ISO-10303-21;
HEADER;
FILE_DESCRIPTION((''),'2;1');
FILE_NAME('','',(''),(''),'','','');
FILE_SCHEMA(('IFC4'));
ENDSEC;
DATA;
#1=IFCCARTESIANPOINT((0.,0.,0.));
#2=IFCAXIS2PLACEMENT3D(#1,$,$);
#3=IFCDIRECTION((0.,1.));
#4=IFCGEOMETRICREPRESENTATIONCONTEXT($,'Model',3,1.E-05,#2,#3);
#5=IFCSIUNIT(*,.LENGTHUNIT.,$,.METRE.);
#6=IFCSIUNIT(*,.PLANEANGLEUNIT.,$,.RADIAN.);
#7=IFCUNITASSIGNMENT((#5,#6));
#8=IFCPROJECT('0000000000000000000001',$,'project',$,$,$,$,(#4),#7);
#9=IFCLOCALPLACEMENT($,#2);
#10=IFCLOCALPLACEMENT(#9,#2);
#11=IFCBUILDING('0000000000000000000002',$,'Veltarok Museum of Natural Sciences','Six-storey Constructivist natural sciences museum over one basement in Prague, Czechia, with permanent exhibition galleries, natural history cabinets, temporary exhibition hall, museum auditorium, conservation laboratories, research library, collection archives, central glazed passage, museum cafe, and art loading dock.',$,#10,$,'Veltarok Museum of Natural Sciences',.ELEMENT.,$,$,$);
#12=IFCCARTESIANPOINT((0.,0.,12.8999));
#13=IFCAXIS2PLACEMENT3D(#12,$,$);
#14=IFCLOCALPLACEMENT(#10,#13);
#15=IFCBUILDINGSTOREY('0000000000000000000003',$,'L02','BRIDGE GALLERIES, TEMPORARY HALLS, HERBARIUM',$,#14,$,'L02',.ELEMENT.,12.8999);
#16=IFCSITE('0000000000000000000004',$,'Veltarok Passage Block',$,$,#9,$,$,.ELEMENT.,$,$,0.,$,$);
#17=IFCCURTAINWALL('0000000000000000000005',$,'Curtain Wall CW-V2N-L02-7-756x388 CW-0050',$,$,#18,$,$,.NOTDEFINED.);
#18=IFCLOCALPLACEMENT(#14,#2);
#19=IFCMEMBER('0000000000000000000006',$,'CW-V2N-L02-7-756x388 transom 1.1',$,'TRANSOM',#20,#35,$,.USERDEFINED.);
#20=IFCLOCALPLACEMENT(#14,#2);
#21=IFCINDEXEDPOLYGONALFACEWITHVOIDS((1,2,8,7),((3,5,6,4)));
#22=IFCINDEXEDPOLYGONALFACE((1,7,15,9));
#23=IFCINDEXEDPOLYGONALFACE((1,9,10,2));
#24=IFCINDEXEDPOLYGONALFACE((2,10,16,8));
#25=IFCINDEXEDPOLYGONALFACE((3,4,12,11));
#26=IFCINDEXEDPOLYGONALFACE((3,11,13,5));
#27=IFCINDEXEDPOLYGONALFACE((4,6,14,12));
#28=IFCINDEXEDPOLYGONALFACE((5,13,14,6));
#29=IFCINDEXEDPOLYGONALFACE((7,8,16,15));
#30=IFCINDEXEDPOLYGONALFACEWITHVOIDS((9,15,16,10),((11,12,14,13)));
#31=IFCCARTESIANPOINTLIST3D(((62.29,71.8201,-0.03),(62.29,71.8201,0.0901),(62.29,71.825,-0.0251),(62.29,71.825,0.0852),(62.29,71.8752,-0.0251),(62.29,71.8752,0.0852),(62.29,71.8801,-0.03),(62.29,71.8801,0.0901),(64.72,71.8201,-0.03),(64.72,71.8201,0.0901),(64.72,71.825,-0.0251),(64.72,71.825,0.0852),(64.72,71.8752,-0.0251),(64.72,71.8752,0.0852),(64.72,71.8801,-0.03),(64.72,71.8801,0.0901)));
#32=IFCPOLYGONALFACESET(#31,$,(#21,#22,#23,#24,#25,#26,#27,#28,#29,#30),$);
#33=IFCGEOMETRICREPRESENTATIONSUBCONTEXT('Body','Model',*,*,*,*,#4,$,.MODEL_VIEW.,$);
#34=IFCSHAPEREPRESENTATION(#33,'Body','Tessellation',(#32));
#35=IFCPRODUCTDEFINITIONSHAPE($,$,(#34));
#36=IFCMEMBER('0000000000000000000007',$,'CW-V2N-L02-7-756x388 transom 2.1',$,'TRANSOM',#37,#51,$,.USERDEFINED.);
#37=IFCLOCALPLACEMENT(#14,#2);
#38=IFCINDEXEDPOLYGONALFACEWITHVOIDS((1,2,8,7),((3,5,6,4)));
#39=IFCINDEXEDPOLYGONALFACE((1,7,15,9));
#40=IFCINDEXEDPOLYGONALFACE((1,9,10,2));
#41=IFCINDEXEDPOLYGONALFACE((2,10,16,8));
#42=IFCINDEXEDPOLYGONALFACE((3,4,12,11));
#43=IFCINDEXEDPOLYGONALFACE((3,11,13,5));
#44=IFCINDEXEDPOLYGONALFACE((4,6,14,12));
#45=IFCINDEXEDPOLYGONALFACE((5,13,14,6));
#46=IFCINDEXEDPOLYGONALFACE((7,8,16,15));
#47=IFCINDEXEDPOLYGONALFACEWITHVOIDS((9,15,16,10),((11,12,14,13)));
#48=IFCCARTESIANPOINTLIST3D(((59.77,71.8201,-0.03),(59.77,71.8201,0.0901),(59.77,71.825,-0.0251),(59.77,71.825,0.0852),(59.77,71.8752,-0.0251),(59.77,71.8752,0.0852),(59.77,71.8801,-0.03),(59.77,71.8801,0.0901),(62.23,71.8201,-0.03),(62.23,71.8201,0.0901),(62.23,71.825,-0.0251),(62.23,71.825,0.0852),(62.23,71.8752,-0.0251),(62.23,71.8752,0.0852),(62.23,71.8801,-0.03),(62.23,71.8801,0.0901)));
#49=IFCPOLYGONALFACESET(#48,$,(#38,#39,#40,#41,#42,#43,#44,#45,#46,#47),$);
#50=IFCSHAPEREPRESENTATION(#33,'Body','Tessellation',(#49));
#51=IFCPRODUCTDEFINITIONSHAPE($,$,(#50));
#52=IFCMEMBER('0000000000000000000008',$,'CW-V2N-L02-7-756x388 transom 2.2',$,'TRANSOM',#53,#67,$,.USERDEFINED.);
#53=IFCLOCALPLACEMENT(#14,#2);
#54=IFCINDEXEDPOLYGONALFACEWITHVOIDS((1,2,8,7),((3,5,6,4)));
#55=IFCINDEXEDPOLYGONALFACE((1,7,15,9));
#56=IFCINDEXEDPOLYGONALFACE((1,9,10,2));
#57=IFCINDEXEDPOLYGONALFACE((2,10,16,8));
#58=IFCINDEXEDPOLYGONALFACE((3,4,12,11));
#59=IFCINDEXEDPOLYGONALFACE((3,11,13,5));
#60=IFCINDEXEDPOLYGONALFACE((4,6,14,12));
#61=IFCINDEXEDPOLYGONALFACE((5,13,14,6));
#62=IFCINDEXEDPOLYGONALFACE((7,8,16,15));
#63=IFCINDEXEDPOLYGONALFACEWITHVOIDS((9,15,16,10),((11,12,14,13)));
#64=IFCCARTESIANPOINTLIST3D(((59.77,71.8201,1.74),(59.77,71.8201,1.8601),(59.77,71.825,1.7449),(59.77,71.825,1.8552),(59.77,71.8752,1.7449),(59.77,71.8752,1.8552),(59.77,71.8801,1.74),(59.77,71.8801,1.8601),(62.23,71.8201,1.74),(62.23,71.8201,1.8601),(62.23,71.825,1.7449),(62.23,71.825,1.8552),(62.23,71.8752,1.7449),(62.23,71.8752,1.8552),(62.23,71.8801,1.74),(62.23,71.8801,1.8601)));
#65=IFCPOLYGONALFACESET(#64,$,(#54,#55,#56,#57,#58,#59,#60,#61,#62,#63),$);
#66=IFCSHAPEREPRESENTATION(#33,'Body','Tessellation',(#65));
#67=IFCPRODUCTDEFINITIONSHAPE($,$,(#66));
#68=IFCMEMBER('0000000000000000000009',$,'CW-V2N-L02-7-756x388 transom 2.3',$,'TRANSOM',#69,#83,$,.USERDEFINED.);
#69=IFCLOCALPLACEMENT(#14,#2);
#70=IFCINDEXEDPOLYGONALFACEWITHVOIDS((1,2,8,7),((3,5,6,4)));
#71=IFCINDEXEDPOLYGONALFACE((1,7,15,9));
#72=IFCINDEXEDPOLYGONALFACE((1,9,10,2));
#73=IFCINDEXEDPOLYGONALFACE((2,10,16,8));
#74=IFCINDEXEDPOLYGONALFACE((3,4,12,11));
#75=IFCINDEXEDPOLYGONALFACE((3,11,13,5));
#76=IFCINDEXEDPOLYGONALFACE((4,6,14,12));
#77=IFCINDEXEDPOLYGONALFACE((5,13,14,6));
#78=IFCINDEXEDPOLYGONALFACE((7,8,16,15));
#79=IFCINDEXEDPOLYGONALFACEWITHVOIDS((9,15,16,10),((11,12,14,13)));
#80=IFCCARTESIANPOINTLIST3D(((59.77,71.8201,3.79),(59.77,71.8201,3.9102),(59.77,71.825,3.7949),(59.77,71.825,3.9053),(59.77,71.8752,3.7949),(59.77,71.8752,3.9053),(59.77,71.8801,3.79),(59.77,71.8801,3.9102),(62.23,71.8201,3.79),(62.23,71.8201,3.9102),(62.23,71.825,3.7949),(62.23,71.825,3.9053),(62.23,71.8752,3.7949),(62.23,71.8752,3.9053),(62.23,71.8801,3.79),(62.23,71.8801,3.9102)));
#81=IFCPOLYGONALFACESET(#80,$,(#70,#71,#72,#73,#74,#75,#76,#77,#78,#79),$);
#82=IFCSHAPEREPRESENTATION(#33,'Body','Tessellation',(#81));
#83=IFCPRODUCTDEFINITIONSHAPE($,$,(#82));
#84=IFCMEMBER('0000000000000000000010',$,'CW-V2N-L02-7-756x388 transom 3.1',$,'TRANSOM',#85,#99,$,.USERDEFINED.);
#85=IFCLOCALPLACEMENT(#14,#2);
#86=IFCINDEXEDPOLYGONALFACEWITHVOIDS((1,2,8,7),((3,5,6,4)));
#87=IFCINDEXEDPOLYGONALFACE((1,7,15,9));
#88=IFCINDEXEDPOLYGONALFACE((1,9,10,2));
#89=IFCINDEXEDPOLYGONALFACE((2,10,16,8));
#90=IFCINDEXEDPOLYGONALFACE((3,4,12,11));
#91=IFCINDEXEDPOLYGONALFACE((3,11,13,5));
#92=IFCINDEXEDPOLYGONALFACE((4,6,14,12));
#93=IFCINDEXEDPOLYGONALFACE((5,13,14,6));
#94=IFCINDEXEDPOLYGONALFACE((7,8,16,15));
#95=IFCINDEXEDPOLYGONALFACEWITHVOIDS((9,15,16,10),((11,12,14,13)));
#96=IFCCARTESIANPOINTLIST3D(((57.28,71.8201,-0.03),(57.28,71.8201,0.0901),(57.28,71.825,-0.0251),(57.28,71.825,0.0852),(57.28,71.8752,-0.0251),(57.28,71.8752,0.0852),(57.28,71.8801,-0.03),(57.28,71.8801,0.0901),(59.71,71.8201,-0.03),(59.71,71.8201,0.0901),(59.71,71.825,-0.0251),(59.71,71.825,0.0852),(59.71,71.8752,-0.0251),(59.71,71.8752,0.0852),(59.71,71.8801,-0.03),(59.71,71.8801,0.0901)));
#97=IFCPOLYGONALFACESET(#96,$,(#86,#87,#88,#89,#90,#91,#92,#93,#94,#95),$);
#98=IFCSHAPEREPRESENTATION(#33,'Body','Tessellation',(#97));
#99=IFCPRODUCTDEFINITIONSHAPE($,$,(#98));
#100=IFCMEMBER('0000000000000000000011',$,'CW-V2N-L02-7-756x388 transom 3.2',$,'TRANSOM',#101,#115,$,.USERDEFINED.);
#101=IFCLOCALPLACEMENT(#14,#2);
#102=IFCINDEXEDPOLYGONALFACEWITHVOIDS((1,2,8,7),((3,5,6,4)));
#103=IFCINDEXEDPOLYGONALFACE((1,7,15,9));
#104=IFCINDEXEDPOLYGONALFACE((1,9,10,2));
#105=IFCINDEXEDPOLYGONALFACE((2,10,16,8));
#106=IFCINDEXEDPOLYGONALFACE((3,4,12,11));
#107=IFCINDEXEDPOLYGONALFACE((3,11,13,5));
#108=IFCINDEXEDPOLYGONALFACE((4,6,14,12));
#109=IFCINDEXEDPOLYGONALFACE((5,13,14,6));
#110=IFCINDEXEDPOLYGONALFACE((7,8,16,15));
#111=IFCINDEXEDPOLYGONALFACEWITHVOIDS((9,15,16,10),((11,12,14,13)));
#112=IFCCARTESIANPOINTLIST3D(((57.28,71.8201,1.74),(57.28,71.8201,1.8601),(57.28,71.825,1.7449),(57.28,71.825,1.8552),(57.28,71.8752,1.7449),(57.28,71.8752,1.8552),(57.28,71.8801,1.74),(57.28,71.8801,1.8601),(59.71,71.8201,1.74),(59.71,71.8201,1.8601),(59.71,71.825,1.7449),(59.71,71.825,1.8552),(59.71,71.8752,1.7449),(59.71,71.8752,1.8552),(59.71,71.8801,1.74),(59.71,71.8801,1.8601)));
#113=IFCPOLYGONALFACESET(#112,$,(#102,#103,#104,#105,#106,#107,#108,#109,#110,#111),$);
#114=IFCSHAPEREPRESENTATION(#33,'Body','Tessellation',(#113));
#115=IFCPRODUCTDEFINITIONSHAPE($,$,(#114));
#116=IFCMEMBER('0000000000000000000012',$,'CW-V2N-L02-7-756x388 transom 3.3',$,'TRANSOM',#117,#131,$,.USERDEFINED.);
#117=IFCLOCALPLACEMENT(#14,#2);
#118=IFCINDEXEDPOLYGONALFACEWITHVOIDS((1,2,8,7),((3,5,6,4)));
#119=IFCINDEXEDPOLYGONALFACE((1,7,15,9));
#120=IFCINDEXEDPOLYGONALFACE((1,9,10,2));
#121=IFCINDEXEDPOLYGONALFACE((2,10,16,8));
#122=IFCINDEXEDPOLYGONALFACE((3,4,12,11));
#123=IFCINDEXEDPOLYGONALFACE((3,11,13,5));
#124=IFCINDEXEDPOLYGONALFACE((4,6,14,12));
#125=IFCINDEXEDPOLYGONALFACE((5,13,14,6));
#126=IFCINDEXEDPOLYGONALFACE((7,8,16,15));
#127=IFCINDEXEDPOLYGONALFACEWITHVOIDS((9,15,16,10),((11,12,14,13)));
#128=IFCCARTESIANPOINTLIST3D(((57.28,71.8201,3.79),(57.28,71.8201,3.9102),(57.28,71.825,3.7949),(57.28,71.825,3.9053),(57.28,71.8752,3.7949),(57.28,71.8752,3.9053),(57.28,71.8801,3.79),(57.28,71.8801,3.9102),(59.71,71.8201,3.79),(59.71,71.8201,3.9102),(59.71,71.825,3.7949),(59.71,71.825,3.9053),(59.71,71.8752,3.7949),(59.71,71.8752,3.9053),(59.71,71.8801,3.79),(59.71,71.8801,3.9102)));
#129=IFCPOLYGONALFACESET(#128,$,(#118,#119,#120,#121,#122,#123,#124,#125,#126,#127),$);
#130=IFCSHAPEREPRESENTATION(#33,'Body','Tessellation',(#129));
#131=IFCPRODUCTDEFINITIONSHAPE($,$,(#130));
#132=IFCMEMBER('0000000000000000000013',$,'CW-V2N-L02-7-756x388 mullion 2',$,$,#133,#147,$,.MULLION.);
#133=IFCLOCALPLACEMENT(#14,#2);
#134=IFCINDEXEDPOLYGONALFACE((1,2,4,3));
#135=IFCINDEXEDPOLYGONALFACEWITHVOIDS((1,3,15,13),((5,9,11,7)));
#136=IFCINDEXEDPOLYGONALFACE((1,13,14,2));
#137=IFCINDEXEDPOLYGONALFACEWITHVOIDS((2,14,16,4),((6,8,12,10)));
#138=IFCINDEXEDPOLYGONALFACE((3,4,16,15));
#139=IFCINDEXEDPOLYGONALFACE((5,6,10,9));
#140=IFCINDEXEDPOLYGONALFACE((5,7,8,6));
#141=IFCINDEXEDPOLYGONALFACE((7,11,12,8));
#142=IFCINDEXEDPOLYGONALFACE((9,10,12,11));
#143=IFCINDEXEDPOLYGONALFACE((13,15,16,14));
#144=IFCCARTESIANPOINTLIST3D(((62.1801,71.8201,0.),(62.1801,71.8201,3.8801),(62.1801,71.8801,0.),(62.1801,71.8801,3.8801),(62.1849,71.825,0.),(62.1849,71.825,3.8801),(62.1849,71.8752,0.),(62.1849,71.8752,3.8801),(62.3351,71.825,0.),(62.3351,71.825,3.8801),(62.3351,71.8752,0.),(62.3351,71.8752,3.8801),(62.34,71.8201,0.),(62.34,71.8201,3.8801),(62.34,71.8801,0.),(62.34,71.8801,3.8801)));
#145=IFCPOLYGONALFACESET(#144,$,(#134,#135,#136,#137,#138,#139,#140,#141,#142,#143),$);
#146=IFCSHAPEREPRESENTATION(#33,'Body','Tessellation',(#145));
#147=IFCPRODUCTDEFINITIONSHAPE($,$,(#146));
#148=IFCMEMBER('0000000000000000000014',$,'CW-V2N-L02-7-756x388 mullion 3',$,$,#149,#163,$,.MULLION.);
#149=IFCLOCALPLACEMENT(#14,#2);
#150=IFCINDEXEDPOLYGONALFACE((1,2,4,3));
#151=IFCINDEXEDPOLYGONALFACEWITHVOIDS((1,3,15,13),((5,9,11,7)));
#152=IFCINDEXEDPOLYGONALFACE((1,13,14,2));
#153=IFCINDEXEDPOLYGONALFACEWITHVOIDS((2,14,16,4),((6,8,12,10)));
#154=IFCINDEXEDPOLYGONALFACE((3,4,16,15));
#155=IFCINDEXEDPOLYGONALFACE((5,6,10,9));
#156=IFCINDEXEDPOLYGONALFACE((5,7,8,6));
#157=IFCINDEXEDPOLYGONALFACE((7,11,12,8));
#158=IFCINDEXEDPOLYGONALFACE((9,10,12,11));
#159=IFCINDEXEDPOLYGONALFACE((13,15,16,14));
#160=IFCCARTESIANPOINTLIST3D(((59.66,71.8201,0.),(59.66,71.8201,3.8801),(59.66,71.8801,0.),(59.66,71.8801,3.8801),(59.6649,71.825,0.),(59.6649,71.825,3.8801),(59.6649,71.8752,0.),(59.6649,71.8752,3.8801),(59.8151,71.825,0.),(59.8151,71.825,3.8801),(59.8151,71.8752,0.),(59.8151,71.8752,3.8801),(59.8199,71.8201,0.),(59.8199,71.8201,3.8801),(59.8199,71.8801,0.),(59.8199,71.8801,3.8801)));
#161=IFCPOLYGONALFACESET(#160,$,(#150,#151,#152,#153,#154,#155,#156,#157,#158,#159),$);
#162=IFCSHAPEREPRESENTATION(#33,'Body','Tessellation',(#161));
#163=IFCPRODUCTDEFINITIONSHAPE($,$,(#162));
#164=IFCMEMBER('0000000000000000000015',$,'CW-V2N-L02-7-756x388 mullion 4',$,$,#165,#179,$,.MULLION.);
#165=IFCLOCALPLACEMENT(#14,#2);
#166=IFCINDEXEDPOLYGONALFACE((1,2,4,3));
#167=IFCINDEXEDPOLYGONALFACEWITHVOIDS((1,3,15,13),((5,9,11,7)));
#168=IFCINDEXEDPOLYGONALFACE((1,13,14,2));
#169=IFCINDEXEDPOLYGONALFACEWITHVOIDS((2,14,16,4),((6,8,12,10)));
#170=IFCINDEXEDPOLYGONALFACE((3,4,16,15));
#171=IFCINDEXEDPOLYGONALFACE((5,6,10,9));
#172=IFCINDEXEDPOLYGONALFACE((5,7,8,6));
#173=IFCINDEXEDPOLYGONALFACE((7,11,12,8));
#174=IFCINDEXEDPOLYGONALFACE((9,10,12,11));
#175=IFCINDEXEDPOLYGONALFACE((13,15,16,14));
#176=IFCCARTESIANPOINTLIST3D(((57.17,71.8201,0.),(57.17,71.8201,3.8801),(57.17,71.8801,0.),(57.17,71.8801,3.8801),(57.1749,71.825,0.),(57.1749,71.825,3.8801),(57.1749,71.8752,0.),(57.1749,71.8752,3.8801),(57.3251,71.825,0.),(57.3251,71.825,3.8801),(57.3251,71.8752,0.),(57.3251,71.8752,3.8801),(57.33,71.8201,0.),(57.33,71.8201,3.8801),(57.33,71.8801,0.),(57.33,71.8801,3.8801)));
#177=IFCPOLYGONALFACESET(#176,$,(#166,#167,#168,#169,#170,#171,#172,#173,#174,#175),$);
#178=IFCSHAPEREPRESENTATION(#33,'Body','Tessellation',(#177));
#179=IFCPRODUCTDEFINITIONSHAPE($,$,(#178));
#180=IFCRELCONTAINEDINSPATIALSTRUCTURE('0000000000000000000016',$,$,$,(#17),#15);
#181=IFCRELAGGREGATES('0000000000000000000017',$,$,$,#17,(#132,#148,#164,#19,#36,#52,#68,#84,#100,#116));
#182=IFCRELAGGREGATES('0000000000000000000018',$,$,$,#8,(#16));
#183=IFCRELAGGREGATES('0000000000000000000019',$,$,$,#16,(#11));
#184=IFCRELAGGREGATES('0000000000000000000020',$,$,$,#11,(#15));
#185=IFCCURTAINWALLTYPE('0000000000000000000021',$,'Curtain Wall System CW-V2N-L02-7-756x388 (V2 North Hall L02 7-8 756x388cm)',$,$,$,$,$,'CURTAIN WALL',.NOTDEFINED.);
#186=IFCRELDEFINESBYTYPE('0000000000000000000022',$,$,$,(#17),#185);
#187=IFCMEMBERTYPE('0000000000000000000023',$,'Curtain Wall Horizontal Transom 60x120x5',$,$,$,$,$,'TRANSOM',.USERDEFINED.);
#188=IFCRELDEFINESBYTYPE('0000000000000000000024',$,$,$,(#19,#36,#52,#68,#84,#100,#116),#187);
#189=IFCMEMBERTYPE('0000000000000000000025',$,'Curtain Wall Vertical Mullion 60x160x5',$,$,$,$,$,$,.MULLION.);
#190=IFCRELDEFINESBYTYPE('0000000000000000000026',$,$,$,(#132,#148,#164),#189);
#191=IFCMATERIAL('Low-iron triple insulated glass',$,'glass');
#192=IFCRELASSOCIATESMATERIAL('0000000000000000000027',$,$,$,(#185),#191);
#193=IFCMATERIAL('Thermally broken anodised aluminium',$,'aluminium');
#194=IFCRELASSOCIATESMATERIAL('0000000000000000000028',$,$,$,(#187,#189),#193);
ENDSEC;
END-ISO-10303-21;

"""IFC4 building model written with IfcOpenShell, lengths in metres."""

from ifc_helpers import new_model, si_unit, direction, frame, origin, origin_2d, place, context, subcontext, project, spatial, hollow_rectangle, extrude, material, material_profile, profile_set, type_object, element, aggregate, save


model = new_model("IFC4")

# Units and contexts
model_context = context("Model", 3, precision=1e-05, world=origin(), true_north=direction((0.0, 1.0)))
body_context = subcontext(model_context, "Body", "Model", "MODEL_VIEW")
ifc_project = project(units=[si_unit("LENGTHUNIT", "METRE"), si_unit("PLANEANGLEUNIT", "RADIAN")], contexts=[model_context])

# Site, building, storey
site_placement = place(None, origin())
site = spatial("IfcSite", under=ifc_project, at=site_placement, Name="Veltarok Passage Block", CompositionType="ELEMENT", RefElevation=0.0)
building_placement = place(site_placement, origin())
building = spatial("IfcBuilding", under=site, at=building_placement, Name="Veltarok Museum of Natural Sciences", Description="Six-storey Constructivist natural sciences museum over one basement in Prague, Czechia, with permanent exhibition galleries, natural history cabinets, temporary exhibition hall, museum auditorium, conservation laboratories, research library, collection archives, central glazed passage, museum cafe, and art loading dock.", LongName="Veltarok Museum of Natural Sciences", CompositionType="ELEMENT")
storey_placement = place(building_placement, frame((0.0, 0.0, 12.8999)))
storey = spatial("IfcBuildingStorey", under=building, at=storey_placement, Name="L02", Description="BRIDGE GALLERIES, TEMPORARY HALLS, HERBARIUM", LongName="L02", CompositionType="ELEMENT", Elevation=12.8999)

# Curtain wall, members
ifc_material_1 = material(Name="Low-iron triple insulated glass", Category="glass")
curtain_wall_type = type_object("IfcCurtainWallType", Name="Curtain Wall System CW-V2N-L02-7-756x388 (V2 North Hall L02 7-8 756x388cm)", ElementType="CURTAIN WALL", PredefinedType="NOTDEFINED", material=ifc_material_1)
curtain_wall_placement = place(storey_placement, origin())
curtain_wall = element("IfcCurtainWall", 1, at=curtain_wall_placement, inside=storey, type_object=curtain_wall_type, Name="Curtain Wall CW-V2N-L02-7-756x388 CW-0050", PredefinedType="NOTDEFINED")
ifc_material_2 = material(Name="Thermally broken anodised aluminium", Category="aluminium")
ifc_material_profile_1 = material_profile(ifc_material_2, hollow_rectangle(XDim=0.0601, YDim=0.1201, WallThickness=0.0049, at=origin_2d()), Name="CW TRANSOM 60x120x5")
ifc_profile_set_1 = profile_set([ifc_material_profile_1], Name="Thermally broken anodised aluminium")
member_type_1 = type_object("IfcMemberType", Name="Curtain Wall Horizontal Transom 60x120x5", ElementType="TRANSOM", PredefinedType="USERDEFINED", material=ifc_profile_set_1)
member_1_placement = place(storey_placement, frame((64.72, 71.8501, 0.03), z_axis=(-1.0, 0.0, 0.0), x_axis=(0.0, -1.0, 0.0)))
member_1 = element("IfcMember", 2, at=member_1_placement, type_object=member_type_1, Name="CW-V2N-L02-7-756x388 transom 1.1", ObjectType="TRANSOM", PredefinedType="USERDEFINED", context=body_context, shape_type="SweptSolid", body=[
    extrude(hollow_rectangle(XDim=0.0601, YDim=0.1201, WallThickness=0.0049, at=origin_2d()), origin(), (0.0, 0.0, 1.0), 2.4299),
])
member_2_placement = place(storey_placement, frame((62.23, 71.8501, 0.03), z_axis=(-1.0, 0.0, 0.0), x_axis=(0.0, -1.0, 0.0)))
member_2 = element("IfcMember", 3, at=member_2_placement, type_object=member_type_1, Name="CW-V2N-L02-7-756x388 transom 2.1", ObjectType="TRANSOM", PredefinedType="USERDEFINED", context=body_context, shape_type="SweptSolid", body=[
    extrude(hollow_rectangle(XDim=0.0601, YDim=0.1201, WallThickness=0.0049, at=origin_2d()), origin(), (0.0, 0.0, 1.0), 2.46),
])
member_3_placement = place(storey_placement, frame((62.23, 71.8501, 1.8), z_axis=(-1.0, 0.0, 0.0), x_axis=(0.0, -1.0, 0.0)))
member_3 = element("IfcMember", 4, at=member_3_placement, type_object=member_type_1, Name="CW-V2N-L02-7-756x388 transom 2.2", ObjectType="TRANSOM", PredefinedType="USERDEFINED", context=body_context, shape_type="SweptSolid", body=[
    extrude(hollow_rectangle(XDim=0.0601, YDim=0.1201, WallThickness=0.0049, at=origin_2d()), origin(), (0.0, 0.0, 1.0), 2.46),
])
member_4_placement = place(storey_placement, frame((62.23, 71.8501, 3.8501), z_axis=(-1.0, 0.0, 0.0), x_axis=(0.0, -1.0, 0.0)))
member_4 = element("IfcMember", 5, at=member_4_placement, type_object=member_type_1, Name="CW-V2N-L02-7-756x388 transom 2.3", ObjectType="TRANSOM", PredefinedType="USERDEFINED", context=body_context, shape_type="SweptSolid", body=[
    extrude(hollow_rectangle(XDim=0.0601, YDim=0.1201, WallThickness=0.0049, at=origin_2d()), origin(), (0.0, 0.0, 1.0), 2.46),
])
member_5_placement = place(storey_placement, frame((59.71, 71.8501, 0.03), z_axis=(-1.0, 0.0, 0.0), x_axis=(0.0, -1.0, 0.0)))
member_5 = element("IfcMember", 6, at=member_5_placement, type_object=member_type_1, Name="CW-V2N-L02-7-756x388 transom 3.1", ObjectType="TRANSOM", PredefinedType="USERDEFINED", context=body_context, shape_type="SweptSolid", body=[
    extrude(hollow_rectangle(XDim=0.0601, YDim=0.1201, WallThickness=0.0049, at=origin_2d()), origin(), (0.0, 0.0, 1.0), 2.4299),
])
member_6_placement = place(storey_placement, frame((59.71, 71.8501, 1.8), z_axis=(-1.0, 0.0, 0.0), x_axis=(0.0, -1.0, 0.0)))
member_6 = element("IfcMember", 7, at=member_6_placement, type_object=member_type_1, Name="CW-V2N-L02-7-756x388 transom 3.2", ObjectType="TRANSOM", PredefinedType="USERDEFINED", context=body_context, shape_type="SweptSolid", body=[
    extrude(hollow_rectangle(XDim=0.0601, YDim=0.1201, WallThickness=0.0049, at=origin_2d()), origin(), (0.0, 0.0, 1.0), 2.4299),
])
member_7_placement = place(storey_placement, frame((59.71, 71.8501, 3.8501), z_axis=(-1.0, 0.0, 0.0), x_axis=(0.0, -1.0, 0.0)))
member_7 = element("IfcMember", 8, at=member_7_placement, type_object=member_type_1, Name="CW-V2N-L02-7-756x388 transom 3.3", ObjectType="TRANSOM", PredefinedType="USERDEFINED", context=body_context, shape_type="SweptSolid", body=[
    extrude(hollow_rectangle(XDim=0.0601, YDim=0.1201, WallThickness=0.0049, at=origin_2d()), origin(), (0.0, 0.0, 1.0), 2.4299),
])
ifc_material_profile_2 = material_profile(ifc_material_2, hollow_rectangle(XDim=0.0601, YDim=0.1599, WallThickness=0.0049, at=origin_2d()), Name="CW MULLION 60x160x5")
ifc_profile_set_2 = profile_set([ifc_material_profile_2], Name="Thermally broken anodised aluminium")
member_type_2 = type_object("IfcMemberType", Name="Curtain Wall Vertical Mullion 60x160x5", PredefinedType="MULLION", material=ifc_profile_set_2)
member_8_placement = place(storey_placement, frame((62.26, 71.8501, 0.0), z_axis=(0.0, 0.0, 1.0), x_axis=(0.0, -1.0, 0.0)))
member_8 = element("IfcMember", 9, at=member_8_placement, type_object=member_type_2, Name="CW-V2N-L02-7-756x388 mullion 2", PredefinedType="MULLION", context=body_context, shape_type="SweptSolid", body=[
    extrude(hollow_rectangle(XDim=0.0601, YDim=0.1599, WallThickness=0.0049, at=origin_2d()), origin(), (0.0, 0.0, 1.0), 3.8801),
])
member_9_placement = place(storey_placement, frame((59.74, 71.8501, 0.0), z_axis=(0.0, 0.0, 1.0), x_axis=(0.0, -1.0, 0.0)))
member_9 = element("IfcMember", 10, at=member_9_placement, type_object=member_type_2, Name="CW-V2N-L02-7-756x388 mullion 3", PredefinedType="MULLION", context=body_context, shape_type="SweptSolid", body=[
    extrude(hollow_rectangle(XDim=0.0601, YDim=0.1599, WallThickness=0.0049, at=origin_2d()), origin(), (0.0, 0.0, 1.0), 3.8801),
])
member_10_placement = place(storey_placement, frame((57.25, 71.8501, 0.0), z_axis=(0.0, 0.0, 1.0), x_axis=(0.0, -1.0, 0.0)))
member_10 = element("IfcMember", 11, at=member_10_placement, type_object=member_type_2, Name="CW-V2N-L02-7-756x388 mullion 4", PredefinedType="MULLION", context=body_context, shape_type="SweptSolid", body=[
    extrude(hollow_rectangle(XDim=0.0601, YDim=0.1599, WallThickness=0.0049, at=origin_2d()), origin(), (0.0, 0.0, 1.0), 3.8801),
])

aggregate(curtain_wall, [member_8, member_9, member_10, member_1, member_2, member_3, member_4, member_5, member_6, member_7])

save(model, "model.ifc")
